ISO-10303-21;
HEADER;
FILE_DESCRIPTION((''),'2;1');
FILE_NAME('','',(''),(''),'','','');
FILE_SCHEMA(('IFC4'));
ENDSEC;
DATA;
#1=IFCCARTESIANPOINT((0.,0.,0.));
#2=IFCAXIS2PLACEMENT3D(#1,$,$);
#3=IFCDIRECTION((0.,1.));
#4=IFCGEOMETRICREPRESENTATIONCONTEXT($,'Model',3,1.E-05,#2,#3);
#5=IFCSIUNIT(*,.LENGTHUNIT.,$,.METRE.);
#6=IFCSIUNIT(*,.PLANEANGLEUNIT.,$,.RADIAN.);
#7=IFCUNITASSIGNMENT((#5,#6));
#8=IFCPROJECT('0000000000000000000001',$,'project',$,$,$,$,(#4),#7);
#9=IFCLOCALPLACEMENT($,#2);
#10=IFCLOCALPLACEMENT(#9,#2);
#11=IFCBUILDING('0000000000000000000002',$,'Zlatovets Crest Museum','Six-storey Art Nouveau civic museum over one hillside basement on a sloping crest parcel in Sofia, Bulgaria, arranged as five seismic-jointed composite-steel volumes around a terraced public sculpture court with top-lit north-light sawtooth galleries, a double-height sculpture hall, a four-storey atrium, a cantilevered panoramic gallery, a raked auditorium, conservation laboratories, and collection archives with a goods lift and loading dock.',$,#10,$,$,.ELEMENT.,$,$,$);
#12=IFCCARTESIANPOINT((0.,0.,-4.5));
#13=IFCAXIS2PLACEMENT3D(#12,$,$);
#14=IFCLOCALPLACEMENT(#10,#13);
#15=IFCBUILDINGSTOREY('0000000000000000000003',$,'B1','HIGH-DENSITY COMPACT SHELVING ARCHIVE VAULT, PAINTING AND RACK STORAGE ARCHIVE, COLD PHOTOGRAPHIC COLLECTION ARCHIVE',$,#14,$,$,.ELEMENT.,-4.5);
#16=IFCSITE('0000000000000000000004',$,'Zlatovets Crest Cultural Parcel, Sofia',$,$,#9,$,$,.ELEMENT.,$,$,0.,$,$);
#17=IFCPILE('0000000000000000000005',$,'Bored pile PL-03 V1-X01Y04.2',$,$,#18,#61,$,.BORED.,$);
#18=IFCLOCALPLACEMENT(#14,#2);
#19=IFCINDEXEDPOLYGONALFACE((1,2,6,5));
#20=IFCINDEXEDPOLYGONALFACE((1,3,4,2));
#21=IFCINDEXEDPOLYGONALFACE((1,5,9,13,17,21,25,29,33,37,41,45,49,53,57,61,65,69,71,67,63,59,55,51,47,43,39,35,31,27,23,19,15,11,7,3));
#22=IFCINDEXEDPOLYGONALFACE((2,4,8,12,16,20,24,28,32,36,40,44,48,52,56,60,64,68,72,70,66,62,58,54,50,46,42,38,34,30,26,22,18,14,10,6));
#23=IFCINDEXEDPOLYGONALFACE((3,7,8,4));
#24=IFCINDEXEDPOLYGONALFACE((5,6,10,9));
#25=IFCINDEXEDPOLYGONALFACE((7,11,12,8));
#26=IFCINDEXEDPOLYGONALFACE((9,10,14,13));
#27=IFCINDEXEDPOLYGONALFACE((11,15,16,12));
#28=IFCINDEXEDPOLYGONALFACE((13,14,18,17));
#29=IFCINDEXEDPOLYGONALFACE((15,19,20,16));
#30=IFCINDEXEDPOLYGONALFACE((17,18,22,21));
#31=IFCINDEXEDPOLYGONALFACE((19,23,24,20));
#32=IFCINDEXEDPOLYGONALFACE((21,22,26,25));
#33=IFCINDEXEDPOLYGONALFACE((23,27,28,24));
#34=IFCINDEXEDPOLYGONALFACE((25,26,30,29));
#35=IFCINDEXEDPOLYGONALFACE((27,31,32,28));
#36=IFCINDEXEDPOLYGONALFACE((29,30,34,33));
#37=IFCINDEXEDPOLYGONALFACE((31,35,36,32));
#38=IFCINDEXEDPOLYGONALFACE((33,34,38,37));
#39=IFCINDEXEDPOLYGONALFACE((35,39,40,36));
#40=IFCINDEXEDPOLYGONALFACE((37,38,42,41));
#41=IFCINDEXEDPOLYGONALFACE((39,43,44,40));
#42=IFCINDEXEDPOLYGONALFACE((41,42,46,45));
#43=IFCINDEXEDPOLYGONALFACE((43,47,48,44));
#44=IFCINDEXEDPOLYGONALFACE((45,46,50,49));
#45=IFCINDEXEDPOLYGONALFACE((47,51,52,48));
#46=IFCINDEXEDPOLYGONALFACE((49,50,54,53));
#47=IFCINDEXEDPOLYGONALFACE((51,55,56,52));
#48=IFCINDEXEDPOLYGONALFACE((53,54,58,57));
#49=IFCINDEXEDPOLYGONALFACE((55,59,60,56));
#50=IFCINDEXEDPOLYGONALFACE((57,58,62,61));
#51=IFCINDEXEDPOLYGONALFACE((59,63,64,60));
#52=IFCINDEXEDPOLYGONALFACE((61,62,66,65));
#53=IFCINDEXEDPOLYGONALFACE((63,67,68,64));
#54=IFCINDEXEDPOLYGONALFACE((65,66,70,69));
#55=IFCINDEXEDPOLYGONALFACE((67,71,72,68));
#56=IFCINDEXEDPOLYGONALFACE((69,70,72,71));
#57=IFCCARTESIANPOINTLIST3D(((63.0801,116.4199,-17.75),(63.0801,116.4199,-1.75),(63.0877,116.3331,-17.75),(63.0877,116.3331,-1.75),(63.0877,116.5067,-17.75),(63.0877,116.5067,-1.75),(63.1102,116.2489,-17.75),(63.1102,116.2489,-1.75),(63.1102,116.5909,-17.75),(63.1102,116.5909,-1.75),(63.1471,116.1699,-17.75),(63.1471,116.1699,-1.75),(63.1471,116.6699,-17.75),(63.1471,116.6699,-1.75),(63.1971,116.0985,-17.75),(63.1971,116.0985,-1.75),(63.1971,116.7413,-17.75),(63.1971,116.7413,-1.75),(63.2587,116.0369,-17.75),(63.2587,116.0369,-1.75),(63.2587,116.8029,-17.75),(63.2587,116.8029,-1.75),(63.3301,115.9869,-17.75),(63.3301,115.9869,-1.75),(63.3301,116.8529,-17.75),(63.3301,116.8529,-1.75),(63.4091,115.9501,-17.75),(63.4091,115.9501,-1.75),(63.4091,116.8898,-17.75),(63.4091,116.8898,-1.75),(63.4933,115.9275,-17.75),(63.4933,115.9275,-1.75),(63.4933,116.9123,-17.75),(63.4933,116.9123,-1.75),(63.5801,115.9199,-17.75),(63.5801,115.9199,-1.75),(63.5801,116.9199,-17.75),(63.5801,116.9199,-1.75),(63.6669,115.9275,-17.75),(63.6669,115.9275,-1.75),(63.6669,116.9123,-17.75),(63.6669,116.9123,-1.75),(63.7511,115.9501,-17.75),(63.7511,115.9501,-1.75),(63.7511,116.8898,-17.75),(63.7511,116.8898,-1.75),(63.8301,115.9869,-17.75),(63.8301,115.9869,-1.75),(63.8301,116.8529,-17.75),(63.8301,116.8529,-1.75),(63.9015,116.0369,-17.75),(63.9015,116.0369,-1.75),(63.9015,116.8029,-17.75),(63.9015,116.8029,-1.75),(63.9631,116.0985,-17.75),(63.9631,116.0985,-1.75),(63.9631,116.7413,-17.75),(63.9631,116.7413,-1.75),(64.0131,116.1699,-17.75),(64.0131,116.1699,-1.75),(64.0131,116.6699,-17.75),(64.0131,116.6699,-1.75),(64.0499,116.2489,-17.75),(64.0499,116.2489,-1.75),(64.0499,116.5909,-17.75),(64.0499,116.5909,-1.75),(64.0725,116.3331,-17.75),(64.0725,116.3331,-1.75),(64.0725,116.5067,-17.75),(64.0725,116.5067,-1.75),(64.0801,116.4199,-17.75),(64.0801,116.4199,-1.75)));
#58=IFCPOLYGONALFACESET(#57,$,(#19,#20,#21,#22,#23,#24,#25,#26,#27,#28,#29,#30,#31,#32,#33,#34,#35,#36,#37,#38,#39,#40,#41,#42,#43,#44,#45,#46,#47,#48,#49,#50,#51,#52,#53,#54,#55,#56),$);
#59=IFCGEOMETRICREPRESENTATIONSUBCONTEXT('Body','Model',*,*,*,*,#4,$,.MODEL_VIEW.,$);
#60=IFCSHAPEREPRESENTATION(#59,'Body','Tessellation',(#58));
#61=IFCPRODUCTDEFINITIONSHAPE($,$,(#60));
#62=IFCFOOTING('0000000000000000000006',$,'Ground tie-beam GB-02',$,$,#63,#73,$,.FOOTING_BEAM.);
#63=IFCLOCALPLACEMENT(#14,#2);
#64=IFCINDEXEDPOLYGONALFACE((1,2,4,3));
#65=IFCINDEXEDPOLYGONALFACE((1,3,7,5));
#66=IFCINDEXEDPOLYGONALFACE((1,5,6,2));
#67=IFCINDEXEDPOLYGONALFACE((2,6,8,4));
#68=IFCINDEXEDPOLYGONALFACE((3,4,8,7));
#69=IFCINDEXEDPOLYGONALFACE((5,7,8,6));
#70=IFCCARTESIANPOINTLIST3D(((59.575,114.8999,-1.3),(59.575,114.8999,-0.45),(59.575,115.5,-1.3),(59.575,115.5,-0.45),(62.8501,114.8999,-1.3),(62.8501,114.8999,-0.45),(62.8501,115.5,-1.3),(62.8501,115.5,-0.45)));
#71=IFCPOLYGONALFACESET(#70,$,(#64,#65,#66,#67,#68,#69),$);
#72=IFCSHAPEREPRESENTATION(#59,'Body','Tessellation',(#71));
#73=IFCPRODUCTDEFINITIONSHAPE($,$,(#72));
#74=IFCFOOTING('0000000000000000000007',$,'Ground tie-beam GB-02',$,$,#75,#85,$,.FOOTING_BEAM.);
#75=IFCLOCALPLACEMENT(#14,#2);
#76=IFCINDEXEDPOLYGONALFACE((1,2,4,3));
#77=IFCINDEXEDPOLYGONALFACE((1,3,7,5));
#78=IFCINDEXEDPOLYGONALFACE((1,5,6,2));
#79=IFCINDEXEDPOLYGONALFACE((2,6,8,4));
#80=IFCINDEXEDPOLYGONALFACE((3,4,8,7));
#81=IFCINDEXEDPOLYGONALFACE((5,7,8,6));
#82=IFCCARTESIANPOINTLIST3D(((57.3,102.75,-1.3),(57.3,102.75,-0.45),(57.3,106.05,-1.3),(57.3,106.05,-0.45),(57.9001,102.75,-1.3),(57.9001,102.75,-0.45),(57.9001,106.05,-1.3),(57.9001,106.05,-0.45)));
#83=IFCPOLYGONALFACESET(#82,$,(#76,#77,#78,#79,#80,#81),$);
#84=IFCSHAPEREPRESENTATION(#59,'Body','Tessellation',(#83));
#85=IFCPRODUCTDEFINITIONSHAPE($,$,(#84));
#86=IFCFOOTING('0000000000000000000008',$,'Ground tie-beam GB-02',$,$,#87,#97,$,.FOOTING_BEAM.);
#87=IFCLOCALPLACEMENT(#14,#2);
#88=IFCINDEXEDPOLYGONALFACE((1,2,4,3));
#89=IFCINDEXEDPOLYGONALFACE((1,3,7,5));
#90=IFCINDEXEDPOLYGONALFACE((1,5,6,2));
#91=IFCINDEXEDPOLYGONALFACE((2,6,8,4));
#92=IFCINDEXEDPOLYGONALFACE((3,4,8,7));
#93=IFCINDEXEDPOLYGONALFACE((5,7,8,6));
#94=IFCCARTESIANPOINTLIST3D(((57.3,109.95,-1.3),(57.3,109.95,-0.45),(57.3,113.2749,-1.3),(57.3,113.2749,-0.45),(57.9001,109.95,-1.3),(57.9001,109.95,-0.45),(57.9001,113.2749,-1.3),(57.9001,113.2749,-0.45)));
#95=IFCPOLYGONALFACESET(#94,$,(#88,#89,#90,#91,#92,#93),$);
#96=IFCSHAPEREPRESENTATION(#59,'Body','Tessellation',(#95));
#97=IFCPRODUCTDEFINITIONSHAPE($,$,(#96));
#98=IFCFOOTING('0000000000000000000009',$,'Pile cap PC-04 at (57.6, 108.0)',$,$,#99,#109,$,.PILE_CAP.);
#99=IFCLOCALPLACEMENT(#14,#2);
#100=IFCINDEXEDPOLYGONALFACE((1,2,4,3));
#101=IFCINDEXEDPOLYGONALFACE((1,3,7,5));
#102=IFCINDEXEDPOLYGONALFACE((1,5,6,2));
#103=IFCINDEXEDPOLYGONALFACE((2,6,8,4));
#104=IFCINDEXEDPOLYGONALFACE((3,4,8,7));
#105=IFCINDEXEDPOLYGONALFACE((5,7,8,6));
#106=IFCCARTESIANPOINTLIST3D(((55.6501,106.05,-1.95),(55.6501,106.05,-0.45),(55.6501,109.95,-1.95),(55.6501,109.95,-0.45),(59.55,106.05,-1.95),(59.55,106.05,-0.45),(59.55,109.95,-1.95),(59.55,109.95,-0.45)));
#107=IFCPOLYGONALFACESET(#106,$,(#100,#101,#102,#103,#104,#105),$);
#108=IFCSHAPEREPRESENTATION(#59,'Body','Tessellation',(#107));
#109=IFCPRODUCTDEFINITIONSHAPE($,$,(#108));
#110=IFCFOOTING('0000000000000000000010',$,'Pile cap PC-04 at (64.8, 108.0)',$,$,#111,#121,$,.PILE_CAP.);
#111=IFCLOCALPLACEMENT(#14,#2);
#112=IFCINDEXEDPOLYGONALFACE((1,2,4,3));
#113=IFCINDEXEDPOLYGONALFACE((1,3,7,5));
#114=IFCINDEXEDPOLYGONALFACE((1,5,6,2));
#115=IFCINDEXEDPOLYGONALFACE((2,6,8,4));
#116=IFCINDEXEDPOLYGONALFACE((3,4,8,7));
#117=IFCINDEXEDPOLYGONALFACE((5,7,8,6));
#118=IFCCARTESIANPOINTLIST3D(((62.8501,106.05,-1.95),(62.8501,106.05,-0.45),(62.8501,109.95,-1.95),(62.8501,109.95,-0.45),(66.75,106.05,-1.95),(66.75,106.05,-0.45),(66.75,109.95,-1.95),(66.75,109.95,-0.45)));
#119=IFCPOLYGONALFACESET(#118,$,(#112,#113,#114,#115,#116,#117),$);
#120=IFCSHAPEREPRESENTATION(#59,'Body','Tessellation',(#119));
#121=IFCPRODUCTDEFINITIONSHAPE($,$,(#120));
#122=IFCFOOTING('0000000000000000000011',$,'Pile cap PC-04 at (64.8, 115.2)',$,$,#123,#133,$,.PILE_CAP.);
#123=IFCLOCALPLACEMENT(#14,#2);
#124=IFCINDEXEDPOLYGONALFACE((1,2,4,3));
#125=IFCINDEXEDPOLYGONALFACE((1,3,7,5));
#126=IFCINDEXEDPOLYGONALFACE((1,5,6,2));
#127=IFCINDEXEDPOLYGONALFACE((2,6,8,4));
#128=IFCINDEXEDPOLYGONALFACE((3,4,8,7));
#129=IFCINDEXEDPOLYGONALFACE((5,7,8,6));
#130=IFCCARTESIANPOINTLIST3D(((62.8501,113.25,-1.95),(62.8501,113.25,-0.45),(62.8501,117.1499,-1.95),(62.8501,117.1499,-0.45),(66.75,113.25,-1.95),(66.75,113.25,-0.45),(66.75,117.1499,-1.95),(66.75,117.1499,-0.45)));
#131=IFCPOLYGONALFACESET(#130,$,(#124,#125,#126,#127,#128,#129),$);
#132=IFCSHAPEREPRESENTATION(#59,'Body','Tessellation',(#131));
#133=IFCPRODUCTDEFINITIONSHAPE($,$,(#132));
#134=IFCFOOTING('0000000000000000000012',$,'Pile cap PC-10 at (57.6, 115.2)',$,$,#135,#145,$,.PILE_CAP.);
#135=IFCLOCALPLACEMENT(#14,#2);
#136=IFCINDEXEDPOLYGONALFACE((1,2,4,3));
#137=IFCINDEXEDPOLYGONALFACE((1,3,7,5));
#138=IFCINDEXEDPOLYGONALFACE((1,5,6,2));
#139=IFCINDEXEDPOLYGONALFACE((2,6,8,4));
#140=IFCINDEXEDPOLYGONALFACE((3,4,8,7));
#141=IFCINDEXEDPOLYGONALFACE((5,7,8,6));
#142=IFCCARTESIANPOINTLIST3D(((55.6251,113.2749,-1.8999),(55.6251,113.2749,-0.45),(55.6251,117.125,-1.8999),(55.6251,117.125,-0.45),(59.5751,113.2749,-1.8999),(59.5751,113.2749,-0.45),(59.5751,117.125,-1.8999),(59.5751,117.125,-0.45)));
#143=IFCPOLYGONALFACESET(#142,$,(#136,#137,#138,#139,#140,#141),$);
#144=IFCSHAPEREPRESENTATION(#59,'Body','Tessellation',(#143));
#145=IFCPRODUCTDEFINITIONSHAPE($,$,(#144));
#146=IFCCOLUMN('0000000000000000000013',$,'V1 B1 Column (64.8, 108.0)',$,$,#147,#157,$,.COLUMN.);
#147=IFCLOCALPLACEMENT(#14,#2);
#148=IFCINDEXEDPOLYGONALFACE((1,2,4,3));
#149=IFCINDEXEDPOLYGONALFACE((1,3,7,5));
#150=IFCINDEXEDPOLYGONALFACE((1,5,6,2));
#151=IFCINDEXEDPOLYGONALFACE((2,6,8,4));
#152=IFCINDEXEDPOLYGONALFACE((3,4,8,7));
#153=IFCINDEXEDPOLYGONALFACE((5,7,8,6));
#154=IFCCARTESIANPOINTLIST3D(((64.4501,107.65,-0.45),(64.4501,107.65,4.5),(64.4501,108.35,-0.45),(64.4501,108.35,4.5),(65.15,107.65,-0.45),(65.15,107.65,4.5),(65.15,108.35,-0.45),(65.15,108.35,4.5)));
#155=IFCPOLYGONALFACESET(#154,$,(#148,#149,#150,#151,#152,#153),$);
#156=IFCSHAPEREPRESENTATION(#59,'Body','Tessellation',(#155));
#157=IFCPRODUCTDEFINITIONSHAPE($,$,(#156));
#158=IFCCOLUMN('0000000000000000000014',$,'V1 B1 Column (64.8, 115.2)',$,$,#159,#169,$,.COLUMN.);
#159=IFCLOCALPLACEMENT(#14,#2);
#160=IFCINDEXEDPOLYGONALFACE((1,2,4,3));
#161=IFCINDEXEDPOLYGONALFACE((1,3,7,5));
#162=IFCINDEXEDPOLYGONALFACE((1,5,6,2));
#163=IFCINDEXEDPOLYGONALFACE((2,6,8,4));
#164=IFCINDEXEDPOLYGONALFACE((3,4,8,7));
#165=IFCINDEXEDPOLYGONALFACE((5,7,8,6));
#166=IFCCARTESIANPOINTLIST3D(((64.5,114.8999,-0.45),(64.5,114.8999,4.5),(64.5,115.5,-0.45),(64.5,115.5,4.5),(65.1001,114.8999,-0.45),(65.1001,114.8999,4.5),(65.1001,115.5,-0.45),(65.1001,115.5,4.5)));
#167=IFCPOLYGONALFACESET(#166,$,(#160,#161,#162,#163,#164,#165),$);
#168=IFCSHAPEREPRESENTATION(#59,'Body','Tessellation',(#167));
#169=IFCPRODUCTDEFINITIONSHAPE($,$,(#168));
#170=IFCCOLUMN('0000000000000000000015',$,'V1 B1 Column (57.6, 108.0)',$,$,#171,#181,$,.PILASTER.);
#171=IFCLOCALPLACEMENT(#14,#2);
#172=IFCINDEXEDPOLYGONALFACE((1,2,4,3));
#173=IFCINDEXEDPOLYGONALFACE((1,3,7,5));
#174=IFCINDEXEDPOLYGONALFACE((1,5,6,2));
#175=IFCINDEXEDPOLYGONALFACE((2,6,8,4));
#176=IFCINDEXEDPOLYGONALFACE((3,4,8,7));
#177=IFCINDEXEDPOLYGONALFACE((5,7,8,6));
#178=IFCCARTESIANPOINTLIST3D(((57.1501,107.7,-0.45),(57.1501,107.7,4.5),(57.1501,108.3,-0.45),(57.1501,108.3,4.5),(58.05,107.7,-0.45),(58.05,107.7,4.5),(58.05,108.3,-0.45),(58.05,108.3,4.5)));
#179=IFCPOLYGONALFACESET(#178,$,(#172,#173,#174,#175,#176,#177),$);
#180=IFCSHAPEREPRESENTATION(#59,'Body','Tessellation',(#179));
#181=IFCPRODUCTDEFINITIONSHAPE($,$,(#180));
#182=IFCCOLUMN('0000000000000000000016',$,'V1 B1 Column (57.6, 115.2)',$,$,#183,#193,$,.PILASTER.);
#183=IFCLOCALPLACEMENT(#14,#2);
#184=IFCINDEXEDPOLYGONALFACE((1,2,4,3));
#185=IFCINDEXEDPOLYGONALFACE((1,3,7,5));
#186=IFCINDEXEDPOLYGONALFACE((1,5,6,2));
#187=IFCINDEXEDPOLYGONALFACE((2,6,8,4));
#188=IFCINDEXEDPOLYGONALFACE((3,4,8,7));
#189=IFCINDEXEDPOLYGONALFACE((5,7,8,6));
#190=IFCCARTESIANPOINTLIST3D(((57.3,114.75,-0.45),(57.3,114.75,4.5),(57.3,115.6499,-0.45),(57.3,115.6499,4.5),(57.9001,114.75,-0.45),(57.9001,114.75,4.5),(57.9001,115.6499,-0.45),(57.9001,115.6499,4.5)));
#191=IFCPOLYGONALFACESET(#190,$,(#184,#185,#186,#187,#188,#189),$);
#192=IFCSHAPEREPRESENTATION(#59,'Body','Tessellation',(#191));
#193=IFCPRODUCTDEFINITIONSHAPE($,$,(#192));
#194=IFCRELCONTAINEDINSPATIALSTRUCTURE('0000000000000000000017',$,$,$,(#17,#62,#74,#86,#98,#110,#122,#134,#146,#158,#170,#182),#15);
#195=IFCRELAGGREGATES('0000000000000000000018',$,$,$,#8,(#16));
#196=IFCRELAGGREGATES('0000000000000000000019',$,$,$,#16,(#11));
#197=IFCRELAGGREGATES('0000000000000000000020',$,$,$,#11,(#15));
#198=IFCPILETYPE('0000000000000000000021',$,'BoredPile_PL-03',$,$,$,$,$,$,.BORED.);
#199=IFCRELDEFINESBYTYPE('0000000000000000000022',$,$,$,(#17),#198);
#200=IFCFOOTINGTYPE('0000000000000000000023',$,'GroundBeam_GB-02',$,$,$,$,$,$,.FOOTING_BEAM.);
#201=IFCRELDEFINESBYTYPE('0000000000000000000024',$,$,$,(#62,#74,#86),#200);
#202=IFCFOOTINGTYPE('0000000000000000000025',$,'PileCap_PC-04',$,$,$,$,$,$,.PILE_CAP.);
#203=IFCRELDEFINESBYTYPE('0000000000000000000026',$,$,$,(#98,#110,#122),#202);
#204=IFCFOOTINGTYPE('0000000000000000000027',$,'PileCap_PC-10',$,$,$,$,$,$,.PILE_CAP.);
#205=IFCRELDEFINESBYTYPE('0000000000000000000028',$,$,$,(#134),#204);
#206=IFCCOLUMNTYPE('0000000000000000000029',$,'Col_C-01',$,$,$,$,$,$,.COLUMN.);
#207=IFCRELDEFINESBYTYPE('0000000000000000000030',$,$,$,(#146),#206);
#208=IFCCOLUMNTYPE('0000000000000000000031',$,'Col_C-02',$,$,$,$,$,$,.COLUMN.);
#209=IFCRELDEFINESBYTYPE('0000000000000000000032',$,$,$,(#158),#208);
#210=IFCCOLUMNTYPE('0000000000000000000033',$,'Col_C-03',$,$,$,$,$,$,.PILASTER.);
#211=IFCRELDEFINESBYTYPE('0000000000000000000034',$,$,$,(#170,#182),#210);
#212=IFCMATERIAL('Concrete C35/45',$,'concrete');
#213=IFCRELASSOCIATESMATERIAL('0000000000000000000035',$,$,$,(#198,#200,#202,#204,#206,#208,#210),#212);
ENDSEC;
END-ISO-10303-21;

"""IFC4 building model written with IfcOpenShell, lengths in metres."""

from ifc_helpers import new_model, si_unit, direction, frame, origin, origin_2d, place, context, subcontext, project, spatial, rectangle, circle, extrude, material, material_profile, profile_set, type_object, element, save


model = new_model("IFC4")

# Units and contexts
model_context = context("Model", 3, precision=1e-05, world=origin(), true_north=direction((0.0, 1.0)))
body_context = subcontext(model_context, "Body", "Model", "MODEL_VIEW")
ifc_project = project(units=[si_unit("LENGTHUNIT", "METRE"), si_unit("PLANEANGLEUNIT", "RADIAN")], contexts=[model_context])

# Site, building, storey
site_placement = place(None, origin())
site = spatial("IfcSite", under=ifc_project, at=site_placement, Name="Zlatovets Crest Cultural Parcel, Sofia", CompositionType="ELEMENT", RefElevation=0.0)
building_placement = place(site_placement, origin())
building = spatial("IfcBuilding", under=site, at=building_placement, Name="Zlatovets Crest Museum", Description="Six-storey Art Nouveau civic museum over one hillside basement on a sloping crest parcel in Sofia, Bulgaria, arranged as five seismic-jointed composite-steel volumes around a terraced public sculpture court with top-lit north-light sawtooth galleries, a double-height sculpture hall, a four-storey atrium, a cantilevered panoramic gallery, a raked auditorium, conservation laboratories, and collection archives with a goods lift and loading dock.", CompositionType="ELEMENT")
storey_placement = place(building_placement, frame((0.0, 0.0, -4.5)))
storey = spatial("IfcBuildingStorey", under=building, at=storey_placement, Name="B1", Description="HIGH-DENSITY COMPACT SHELVING ARCHIVE VAULT, PAINTING AND RACK STORAGE ARCHIVE, COLD PHOTOGRAPHIC COLLECTION ARCHIVE", CompositionType="ELEMENT", Elevation=-4.5)

# Pile
ifc_material_1 = material(Name="Concrete C35/45", Category="concrete")
ifc_material_profile_1 = material_profile(ifc_material_1, circle(Radius=0.5, at=origin_2d()), Name="PILE D1000")
ifc_profile_set_1 = profile_set([ifc_material_profile_1], Name="Concrete C35/45")
pile_type = type_object("IfcPileType", Name="BoredPile_PL-03", PredefinedType="BORED", material=ifc_profile_set_1)
for number, where, z_axis, x_axis, name in (
    (1, (63.5801, 116.4199, -1.75), (0.0, 0.0, -1.0), (1.0, 0.0, 0.0), "Bored pile PL-03 V1-X01Y04.2"),
):
    element("IfcPile", number, at=place(storey_placement, frame(where, z_axis=z_axis, x_axis=x_axis)), inside=storey, type_object=pile_type, Name=name, PredefinedType="BORED", context=body_context, shape_type="SweptSolid", body=[
        extrude(circle(Radius=0.5, at=origin_2d()), origin(), (0.0, 0.0, 1.0), 16.0),
    ])

# Footings
ifc_material_profile_2 = material_profile(ifc_material_1, rectangle(XDim=0.6001, YDim=0.8501, at=origin_2d()), Name="RC 600x850")
ifc_profile_set_2 = profile_set([ifc_material_profile_2], Name="Concrete C35/45")
footing_type_1 = type_object("IfcFootingType", Name="GroundBeam_GB-02", PredefinedType="FOOTING_BEAM", material=ifc_profile_set_2)
footing_1_placement = place(storey_placement, frame((59.575, 115.2, -0.875), z_axis=(1.0, 0.0, 0.0), x_axis=(0.0, 1.0, 0.0)))
element("IfcFooting", 2, at=footing_1_placement, inside=storey, type_object=footing_type_1, Name="Ground tie-beam GB-02", PredefinedType="FOOTING_BEAM", context=body_context, shape_type="SweptSolid", body=[
    extrude(rectangle(XDim=0.6001, YDim=0.8501, at=origin_2d()), origin(), (0.0, 0.0, 1.0), 3.2751),
])
footing_2_placement = place(storey_placement, frame((57.6001, 102.75, -0.875), z_axis=(0.0, 1.0, 0.0), x_axis=(-1.0, 0.0, 0.0)))
element("IfcFooting", 3, at=footing_2_placement, inside=storey, type_object=footing_type_1, Name="Ground tie-beam GB-02", PredefinedType="FOOTING_BEAM", context=body_context, shape_type="SweptSolid", body=[
    extrude(rectangle(XDim=0.6001, YDim=0.8501, at=origin_2d()), origin(), (0.0, 0.0, 1.0), 3.3),
])
footing_3_placement = place(storey_placement, frame((57.6001, 109.95, -0.875), z_axis=(0.0, 1.0, 0.0), x_axis=(-1.0, 0.0, 0.0)))
element("IfcFooting", 4, at=footing_3_placement, inside=storey, type_object=footing_type_1, Name="Ground tie-beam GB-02", PredefinedType="FOOTING_BEAM", context=body_context, shape_type="SweptSolid", body=[
    extrude(rectangle(XDim=0.6001, YDim=0.8501, at=origin_2d()), origin(), (0.0, 0.0, 1.0), 3.325),
])
footing_type_2 = type_object("IfcFootingType", Name="PileCap_PC-04", PredefinedType="PILE_CAP", material=ifc_material_1)
for number, where, z_axis, x_axis, name in (
    (5, (57.6001, 108.0, -1.95), (0.0, 0.0, 1.0), (1.0, 0.0, 0.0), "Pile cap PC-04 at (57.6, 108.0)"),
    (6, (64.8, 108.0, -1.95), (0.0, 0.0, 1.0), (1.0, 0.0, 0.0), "Pile cap PC-04 at (64.8, 108.0)"),
    (7, (64.8, 115.2, -1.95), (0.0, 0.0, 1.0), (1.0, 0.0, 0.0), "Pile cap PC-04 at (64.8, 115.2)"),
):
    element("IfcFooting", number, at=place(storey_placement, frame(where, z_axis=z_axis, x_axis=x_axis)), inside=storey, type_object=footing_type_2, Name=name, PredefinedType="PILE_CAP", context=body_context, shape_type="SweptSolid", body=[
        extrude(rectangle(XDim=3.8999, YDim=3.8999, at=origin_2d()), origin(), (0.0, 0.0, 1.0), 1.5),
    ])
footing_type_3 = type_object("IfcFootingType", Name="PileCap_PC-10", PredefinedType="PILE_CAP", material=ifc_material_1)
footing_4_placement = place(storey_placement, frame((57.6001, 115.2, -1.8999), z_axis=(0.0, 0.0, 1.0), x_axis=(1.0, 0.0, 0.0)))
element("IfcFooting", 8, at=footing_4_placement, inside=storey, type_object=footing_type_3, Name="Pile cap PC-10 at (57.6, 115.2)", PredefinedType="PILE_CAP", context=body_context, shape_type="SweptSolid", body=[
    extrude(rectangle(XDim=3.95, YDim=3.8501, at=origin_2d()), origin(), (0.0, 0.0, 1.0), 1.45),
])

# Columns
ifc_material_profile_3 = material_profile(ifc_material_1, rectangle(XDim=0.7, YDim=0.7, at=origin_2d()), Name="RC 700x700")
ifc_profile_set_3 = profile_set([ifc_material_profile_3], Name="Concrete C35/45")
column_type_1 = type_object("IfcColumnType", Name="Col_C-01", PredefinedType="COLUMN", material=ifc_profile_set_3)
column_1_placement = place(storey_placement, frame((64.8, 108.0, -0.45), z_axis=(0.0, 0.0, 1.0), x_axis=(1.0, 0.0, 0.0)))
element("IfcColumn", 9, at=column_1_placement, inside=storey, type_object=column_type_1, Name="V1 B1 Column (64.8, 108.0)", PredefinedType="COLUMN", context=body_context, shape_type="SweptSolid", body=[
    extrude(rectangle(XDim=0.7, YDim=0.7, at=origin_2d()), origin(), (0.0, 0.0, 1.0), 4.95),
])
ifc_material_profile_4 = material_profile(ifc_material_1, rectangle(XDim=0.6001, YDim=0.6001, at=origin_2d()), Name="RC 600x600")
ifc_profile_set_4 = profile_set([ifc_material_profile_4], Name="Concrete C35/45")
column_type_2 = type_object("IfcColumnType", Name="Col_C-02", PredefinedType="COLUMN", material=ifc_profile_set_4)
column_2_placement = place(storey_placement, frame((64.8, 115.2, -0.45), z_axis=(0.0, 0.0, 1.0), x_axis=(0.0, 1.0, 0.0)))
element("IfcColumn", 10, at=column_2_placement, inside=storey, type_object=column_type_2, Name="V1 B1 Column (64.8, 115.2)", PredefinedType="COLUMN", context=body_context, shape_type="SweptSolid", body=[
    extrude(rectangle(XDim=0.6001, YDim=0.6001, at=origin_2d()), origin(), (0.0, 0.0, 1.0), 4.95),
])
ifc_material_profile_5 = material_profile(ifc_material_1, rectangle(XDim=0.6001, YDim=0.8999, at=origin_2d()), Name="RC 600x900")
ifc_profile_set_5 = profile_set([ifc_material_profile_5], Name="Concrete C35/45")
column_type_3 = type_object("IfcColumnType", Name="Col_C-03", PredefinedType="PILASTER", material=ifc_profile_set_5)
for number, where, z_axis, x_axis, name in (
    (11, (57.6001, 108.0, -0.45), (0.0, 0.0, 1.0), (0.0, 1.0, 0.0), "V1 B1 Column (57.6, 108.0)"),
    (12, (57.6001, 115.2, -0.45), (0.0, 0.0, 1.0), (1.0, 0.0, 0.0), "V1 B1 Column (57.6, 115.2)"),
):
    element("IfcColumn", number, at=place(storey_placement, frame(where, z_axis=z_axis, x_axis=x_axis)), inside=storey, type_object=column_type_3, Name=name, PredefinedType="PILASTER", context=body_context, shape_type="SweptSolid", body=[
        extrude(rectangle(XDim=0.6001, YDim=0.8999, at=origin_2d()), origin(), (0.0, 0.0, 1.0), 4.95),
    ])

save(model, "model.ifc")
